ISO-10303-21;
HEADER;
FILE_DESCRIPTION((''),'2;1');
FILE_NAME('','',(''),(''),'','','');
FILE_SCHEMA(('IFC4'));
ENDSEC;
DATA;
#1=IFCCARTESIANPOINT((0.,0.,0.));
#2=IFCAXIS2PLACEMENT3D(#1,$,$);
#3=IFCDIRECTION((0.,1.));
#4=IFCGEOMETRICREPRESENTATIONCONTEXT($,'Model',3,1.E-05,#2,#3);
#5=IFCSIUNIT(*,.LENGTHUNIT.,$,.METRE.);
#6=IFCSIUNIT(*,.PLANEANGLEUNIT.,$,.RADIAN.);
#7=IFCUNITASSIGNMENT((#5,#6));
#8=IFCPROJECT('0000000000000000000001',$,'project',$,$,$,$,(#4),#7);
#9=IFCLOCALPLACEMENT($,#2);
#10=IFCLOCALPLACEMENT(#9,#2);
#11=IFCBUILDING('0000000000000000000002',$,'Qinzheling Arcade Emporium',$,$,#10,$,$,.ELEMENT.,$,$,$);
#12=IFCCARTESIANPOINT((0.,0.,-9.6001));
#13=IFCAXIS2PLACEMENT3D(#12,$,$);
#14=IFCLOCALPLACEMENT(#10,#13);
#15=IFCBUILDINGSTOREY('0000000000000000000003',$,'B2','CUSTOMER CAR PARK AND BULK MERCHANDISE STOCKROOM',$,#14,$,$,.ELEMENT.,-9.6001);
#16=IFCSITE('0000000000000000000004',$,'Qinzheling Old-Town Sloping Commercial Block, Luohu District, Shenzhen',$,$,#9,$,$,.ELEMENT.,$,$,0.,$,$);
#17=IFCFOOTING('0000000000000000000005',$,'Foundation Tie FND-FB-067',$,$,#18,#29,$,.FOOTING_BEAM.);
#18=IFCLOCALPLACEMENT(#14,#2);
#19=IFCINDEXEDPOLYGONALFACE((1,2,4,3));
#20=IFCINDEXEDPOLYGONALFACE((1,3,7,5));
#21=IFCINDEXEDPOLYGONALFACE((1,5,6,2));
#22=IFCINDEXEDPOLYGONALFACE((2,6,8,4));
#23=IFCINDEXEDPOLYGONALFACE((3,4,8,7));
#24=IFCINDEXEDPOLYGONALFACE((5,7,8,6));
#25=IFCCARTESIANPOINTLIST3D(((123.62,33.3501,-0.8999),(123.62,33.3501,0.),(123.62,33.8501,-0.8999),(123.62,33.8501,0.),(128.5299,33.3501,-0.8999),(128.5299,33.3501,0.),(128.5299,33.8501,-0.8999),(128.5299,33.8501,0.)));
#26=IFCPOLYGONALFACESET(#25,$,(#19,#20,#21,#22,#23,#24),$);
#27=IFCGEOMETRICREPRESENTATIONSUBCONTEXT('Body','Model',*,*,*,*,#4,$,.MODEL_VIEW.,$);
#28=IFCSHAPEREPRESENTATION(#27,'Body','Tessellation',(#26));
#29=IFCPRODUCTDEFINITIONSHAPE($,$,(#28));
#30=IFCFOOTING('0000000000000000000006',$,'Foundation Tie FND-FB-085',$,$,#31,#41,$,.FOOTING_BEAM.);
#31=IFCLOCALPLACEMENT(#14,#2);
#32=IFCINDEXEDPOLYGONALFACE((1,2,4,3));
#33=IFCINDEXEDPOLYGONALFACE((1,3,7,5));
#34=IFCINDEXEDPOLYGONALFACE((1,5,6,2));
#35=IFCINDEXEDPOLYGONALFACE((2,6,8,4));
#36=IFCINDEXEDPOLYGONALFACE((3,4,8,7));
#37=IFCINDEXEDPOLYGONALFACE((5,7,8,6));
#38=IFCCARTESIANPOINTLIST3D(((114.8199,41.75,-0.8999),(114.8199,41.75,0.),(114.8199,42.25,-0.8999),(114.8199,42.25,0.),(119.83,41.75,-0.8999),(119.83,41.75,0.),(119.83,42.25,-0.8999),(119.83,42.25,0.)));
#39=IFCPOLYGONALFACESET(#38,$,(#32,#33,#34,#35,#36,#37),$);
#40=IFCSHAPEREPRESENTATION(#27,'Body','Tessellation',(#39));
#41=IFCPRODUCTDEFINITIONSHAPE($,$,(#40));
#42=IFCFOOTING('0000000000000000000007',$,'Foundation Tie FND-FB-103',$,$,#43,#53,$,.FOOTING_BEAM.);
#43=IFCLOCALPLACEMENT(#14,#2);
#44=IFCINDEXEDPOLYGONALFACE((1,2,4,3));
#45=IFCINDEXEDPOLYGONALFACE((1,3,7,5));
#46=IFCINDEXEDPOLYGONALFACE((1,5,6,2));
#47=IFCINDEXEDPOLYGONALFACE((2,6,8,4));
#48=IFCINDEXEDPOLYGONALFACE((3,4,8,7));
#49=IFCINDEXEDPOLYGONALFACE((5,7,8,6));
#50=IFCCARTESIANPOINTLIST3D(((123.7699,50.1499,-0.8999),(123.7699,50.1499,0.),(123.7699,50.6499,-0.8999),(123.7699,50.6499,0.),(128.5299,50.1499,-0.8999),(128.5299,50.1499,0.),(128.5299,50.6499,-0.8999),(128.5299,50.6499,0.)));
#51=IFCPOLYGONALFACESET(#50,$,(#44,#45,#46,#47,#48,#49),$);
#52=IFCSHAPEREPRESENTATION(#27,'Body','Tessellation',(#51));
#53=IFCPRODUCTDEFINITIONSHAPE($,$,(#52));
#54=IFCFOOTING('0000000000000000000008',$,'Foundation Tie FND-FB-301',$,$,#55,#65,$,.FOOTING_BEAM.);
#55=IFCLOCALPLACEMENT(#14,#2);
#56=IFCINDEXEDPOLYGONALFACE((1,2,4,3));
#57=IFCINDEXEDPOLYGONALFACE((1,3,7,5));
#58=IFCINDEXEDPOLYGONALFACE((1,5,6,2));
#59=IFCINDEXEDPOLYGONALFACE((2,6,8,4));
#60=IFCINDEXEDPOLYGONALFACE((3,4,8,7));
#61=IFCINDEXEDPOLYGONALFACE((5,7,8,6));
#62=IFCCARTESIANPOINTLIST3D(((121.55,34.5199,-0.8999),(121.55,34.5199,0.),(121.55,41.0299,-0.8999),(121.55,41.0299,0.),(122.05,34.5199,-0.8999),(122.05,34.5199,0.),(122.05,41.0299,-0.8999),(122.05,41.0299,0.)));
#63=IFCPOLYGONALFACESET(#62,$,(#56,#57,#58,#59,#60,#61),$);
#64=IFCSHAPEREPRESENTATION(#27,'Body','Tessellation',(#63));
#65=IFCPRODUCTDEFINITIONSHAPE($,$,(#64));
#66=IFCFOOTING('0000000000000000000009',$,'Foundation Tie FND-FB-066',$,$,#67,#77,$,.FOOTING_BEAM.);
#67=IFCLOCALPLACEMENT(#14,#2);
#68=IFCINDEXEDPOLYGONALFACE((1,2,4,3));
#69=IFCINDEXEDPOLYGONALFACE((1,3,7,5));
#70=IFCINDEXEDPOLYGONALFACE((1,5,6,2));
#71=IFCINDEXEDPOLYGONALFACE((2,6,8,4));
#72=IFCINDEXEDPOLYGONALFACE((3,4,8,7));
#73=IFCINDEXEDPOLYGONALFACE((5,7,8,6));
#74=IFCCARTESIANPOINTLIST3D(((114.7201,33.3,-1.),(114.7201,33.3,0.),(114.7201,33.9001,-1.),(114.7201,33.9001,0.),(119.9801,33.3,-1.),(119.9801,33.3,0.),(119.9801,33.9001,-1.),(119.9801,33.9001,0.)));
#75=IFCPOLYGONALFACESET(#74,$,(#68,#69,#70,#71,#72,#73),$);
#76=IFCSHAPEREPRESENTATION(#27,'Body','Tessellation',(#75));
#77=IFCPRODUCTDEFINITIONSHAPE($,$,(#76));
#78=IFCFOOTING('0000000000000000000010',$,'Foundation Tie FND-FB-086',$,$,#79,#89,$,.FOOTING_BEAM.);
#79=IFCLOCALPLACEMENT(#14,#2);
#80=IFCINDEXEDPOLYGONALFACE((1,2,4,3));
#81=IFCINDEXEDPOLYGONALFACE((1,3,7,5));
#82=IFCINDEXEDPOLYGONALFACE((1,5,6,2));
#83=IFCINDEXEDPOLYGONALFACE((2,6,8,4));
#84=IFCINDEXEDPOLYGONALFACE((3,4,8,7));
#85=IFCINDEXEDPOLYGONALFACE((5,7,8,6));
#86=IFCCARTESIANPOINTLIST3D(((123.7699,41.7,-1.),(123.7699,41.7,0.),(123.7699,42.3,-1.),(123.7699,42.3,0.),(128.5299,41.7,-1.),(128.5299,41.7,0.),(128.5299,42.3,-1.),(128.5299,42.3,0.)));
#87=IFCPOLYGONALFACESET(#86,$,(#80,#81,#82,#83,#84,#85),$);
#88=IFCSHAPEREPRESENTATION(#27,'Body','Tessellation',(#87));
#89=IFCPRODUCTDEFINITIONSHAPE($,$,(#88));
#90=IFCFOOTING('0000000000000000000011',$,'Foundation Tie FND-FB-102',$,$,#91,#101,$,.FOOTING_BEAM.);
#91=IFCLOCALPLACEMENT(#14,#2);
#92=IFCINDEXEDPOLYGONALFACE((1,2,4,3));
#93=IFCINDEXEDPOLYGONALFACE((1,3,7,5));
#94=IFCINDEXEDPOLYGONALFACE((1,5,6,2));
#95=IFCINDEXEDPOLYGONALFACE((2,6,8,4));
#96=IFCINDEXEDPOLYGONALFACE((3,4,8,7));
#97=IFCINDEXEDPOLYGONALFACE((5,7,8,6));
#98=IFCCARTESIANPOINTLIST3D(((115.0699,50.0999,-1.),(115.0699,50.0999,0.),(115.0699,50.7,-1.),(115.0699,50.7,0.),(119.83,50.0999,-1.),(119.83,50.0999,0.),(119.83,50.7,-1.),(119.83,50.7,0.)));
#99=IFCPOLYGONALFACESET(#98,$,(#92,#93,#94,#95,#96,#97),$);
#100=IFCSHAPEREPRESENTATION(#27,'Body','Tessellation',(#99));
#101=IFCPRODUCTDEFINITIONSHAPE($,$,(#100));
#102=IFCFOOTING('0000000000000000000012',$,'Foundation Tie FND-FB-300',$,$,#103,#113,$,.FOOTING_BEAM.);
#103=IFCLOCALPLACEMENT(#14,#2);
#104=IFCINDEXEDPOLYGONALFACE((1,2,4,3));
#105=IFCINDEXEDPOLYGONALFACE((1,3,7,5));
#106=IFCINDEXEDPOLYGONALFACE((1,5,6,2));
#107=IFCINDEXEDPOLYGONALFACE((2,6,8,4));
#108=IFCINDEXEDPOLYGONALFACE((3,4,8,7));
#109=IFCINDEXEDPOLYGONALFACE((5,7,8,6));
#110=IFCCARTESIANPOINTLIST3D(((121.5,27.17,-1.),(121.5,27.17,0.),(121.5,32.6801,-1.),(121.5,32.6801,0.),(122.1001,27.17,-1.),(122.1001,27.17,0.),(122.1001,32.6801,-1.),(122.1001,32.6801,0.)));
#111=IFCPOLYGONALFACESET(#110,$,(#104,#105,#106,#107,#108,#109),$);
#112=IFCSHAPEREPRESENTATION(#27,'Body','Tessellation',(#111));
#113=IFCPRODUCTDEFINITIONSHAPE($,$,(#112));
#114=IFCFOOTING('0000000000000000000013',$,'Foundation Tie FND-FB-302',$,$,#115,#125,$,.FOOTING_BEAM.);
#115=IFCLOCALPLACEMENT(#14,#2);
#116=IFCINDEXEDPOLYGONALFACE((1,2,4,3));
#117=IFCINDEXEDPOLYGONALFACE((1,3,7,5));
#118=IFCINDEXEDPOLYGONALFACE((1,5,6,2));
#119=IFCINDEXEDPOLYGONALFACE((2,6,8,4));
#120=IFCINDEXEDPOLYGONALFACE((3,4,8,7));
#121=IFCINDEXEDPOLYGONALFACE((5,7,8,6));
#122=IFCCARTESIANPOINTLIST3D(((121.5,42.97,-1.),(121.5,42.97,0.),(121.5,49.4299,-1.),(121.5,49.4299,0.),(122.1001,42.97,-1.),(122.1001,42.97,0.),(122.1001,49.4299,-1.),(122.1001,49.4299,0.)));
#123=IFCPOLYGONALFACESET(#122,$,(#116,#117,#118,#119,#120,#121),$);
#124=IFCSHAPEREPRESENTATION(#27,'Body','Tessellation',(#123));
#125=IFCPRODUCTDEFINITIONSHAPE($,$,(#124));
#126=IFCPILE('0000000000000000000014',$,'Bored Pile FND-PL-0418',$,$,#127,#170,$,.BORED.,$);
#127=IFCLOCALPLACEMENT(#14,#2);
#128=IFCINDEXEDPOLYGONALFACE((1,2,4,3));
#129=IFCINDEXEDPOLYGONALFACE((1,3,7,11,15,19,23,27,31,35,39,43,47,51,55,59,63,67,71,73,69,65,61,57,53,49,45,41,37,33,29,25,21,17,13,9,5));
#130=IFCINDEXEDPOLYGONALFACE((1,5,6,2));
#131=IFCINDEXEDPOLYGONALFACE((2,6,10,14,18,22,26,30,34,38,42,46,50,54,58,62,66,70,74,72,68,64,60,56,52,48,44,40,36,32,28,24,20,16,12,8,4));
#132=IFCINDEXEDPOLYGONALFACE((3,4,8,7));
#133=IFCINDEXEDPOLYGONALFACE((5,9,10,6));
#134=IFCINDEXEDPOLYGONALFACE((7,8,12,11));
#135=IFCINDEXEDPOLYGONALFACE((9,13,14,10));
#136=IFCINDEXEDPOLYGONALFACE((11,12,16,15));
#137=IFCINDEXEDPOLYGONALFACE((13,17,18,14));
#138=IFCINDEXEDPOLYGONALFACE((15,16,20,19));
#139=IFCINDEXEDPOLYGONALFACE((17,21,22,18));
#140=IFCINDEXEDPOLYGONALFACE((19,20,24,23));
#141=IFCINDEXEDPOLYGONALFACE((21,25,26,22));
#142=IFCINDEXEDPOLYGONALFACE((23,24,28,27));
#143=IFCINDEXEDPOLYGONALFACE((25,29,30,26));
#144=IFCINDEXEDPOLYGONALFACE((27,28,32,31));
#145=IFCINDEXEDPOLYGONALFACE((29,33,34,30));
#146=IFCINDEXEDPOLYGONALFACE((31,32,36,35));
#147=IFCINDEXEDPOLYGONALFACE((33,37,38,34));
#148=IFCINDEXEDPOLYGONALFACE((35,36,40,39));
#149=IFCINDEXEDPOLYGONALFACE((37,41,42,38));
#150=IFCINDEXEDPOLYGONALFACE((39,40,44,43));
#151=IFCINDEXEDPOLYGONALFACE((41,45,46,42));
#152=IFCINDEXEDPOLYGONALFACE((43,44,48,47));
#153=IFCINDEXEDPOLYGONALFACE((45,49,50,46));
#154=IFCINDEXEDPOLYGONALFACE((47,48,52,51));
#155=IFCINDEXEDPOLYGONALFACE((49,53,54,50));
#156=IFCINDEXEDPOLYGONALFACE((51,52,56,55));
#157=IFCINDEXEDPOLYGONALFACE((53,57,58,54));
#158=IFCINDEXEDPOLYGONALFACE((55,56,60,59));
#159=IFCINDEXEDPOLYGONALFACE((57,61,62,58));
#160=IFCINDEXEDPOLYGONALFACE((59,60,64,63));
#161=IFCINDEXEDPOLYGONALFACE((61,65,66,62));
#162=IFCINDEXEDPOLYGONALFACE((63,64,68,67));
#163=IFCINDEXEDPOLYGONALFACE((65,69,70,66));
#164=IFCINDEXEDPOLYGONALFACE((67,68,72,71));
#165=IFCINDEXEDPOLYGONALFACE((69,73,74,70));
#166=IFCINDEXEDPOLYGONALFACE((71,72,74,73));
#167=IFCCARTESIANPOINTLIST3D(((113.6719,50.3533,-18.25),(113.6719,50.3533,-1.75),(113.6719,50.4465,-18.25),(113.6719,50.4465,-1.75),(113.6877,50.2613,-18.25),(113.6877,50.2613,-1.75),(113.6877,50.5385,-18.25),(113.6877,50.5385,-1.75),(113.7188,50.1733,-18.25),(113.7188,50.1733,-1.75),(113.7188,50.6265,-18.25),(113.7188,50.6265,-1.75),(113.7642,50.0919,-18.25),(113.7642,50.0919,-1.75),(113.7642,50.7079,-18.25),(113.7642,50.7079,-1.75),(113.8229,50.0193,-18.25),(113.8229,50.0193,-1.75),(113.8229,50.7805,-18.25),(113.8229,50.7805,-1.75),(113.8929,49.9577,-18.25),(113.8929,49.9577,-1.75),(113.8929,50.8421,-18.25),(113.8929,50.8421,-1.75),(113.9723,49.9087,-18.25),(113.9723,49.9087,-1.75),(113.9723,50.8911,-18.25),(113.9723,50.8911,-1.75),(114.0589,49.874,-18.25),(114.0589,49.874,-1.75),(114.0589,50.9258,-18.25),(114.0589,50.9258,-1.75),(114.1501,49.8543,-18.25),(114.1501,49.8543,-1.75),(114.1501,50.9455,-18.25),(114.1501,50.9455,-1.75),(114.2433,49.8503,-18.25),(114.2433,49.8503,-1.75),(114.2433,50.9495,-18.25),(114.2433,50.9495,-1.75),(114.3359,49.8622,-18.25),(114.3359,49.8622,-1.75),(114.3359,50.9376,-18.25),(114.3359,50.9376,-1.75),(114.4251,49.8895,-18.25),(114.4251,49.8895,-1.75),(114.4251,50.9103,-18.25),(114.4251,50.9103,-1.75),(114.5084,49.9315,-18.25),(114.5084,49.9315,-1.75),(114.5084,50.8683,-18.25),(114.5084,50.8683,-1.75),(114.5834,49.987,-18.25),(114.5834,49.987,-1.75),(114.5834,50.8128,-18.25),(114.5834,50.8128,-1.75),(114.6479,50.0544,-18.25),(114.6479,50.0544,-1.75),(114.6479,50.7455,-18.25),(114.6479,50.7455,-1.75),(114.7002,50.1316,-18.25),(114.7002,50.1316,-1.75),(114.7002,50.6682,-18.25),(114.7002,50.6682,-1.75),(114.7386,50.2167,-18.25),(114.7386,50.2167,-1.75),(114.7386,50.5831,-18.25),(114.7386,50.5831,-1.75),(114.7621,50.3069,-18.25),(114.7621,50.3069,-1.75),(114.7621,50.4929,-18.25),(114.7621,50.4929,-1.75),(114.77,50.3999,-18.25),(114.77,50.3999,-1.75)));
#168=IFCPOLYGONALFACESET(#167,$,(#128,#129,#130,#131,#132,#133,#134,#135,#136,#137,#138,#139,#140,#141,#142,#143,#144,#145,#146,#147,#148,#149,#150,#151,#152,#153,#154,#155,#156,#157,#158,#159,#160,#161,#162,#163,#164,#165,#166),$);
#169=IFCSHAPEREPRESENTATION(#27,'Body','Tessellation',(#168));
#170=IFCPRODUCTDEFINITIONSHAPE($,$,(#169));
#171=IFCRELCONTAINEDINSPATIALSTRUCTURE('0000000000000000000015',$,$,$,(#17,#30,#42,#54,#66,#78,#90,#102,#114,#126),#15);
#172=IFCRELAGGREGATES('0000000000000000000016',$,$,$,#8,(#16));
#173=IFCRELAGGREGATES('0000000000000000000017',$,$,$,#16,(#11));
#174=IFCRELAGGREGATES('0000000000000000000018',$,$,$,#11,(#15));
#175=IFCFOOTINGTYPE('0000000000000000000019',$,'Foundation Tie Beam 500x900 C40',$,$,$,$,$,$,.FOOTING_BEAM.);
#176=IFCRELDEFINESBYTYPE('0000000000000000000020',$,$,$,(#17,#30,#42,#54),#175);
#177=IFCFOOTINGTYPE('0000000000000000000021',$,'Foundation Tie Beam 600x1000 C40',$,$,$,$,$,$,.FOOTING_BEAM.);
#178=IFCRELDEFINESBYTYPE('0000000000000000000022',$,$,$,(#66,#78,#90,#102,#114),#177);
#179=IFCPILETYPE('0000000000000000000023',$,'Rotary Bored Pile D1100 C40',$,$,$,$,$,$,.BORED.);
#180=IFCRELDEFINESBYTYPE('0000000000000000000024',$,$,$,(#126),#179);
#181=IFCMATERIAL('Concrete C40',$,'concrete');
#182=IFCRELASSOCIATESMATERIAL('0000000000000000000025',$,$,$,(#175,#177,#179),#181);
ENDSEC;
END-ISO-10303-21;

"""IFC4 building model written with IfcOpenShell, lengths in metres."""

from ifc_helpers import new_model, si_unit, direction, frame, origin, origin_2d, place, context, subcontext, project, spatial, rectangle, circle, extrude, material, material_profile, profile_set, type_object, element, save


model = new_model("IFC4")

# Units and contexts
model_context = context("Model", 3, precision=1e-05, world=origin(), true_north=direction((0.0, 1.0)))
body_context = subcontext(model_context, "Body", "Model", "MODEL_VIEW")
ifc_project = project(units=[si_unit("LENGTHUNIT", "METRE"), si_unit("PLANEANGLEUNIT", "RADIAN")], contexts=[model_context])

# Site, building, storey
site_placement = place(None, origin())
site = spatial("IfcSite", under=ifc_project, at=site_placement, Name="Qinzheling Old-Town Sloping Commercial Block, Luohu District, Shenzhen", CompositionType="ELEMENT", RefElevation=0.0)
building_placement = place(site_placement, origin())
building = spatial("IfcBuilding", under=site, at=building_placement, Name="Qinzheling Arcade Emporium", CompositionType="ELEMENT")
storey_placement = place(building_placement, frame((0.0, 0.0, -9.6001)))
storey = spatial("IfcBuildingStorey", under=building, at=storey_placement, Name="B2", Description="CUSTOMER CAR PARK AND BULK MERCHANDISE STOCKROOM", CompositionType="ELEMENT", Elevation=-9.6001)

# Footings
ifc_material_1 = material(Name="Concrete C40", Category="concrete")
footing_type_1 = type_object("IfcFootingType", Name="Foundation Tie Beam 500x900 C40", PredefinedType="FOOTING_BEAM", material=ifc_material_1)
footing_1_placement = place(storey_placement, frame((126.075, 33.6001, -0.8999), z_axis=(0.0, 0.0, 1.0), x_axis=(1.0, 0.0, 0.0)))
element("IfcFooting", 1, at=footing_1_placement, inside=storey, type_object=footing_type_1, Name="Foundation Tie FND-FB-067", PredefinedType="FOOTING_BEAM", context=body_context, shape_type="SweptSolid", body=[
    extrude(rectangle(XDim=4.9099, YDim=0.5, at=origin_2d()), origin(), (0.0, 0.0, 1.0), 0.8999),
])
footing_2_placement = place(storey_placement, frame((117.325, 42.0, -0.8999), z_axis=(0.0, 0.0, 1.0), x_axis=(1.0, 0.0, 0.0)))
element("IfcFooting", 2, at=footing_2_placement, inside=storey, type_object=footing_type_1, Name="Foundation Tie FND-FB-085", PredefinedType="FOOTING_BEAM", context=body_context, shape_type="SweptSolid", body=[
    extrude(rectangle(XDim=5.01, YDim=0.5, at=origin_2d()), origin(), (0.0, 0.0, 1.0), 0.8999),
])
footing_3_placement = place(storey_placement, frame((126.1499, 50.3999, -0.8999), z_axis=(0.0, 0.0, 1.0), x_axis=(1.0, 0.0, 0.0)))
element("IfcFooting", 3, at=footing_3_placement, inside=storey, type_object=footing_type_1, Name="Foundation Tie FND-FB-103", PredefinedType="FOOTING_BEAM", context=body_context, shape_type="SweptSolid", body=[
    extrude(rectangle(XDim=4.76, YDim=0.5, at=origin_2d()), origin(), (0.0, 0.0, 1.0), 0.8999),
])
footing_4_placement = place(storey_placement, frame((121.8, 37.7749, -0.8999), z_axis=(0.0, 0.0, 1.0), x_axis=(1.0, 0.0, 0.0)))
element("IfcFooting", 4, at=footing_4_placement, inside=storey, type_object=footing_type_1, Name="Foundation Tie FND-FB-301", PredefinedType="FOOTING_BEAM", context=body_context, shape_type="SweptSolid", body=[
    extrude(rectangle(XDim=0.5, YDim=6.51, at=origin_2d()), origin(), (0.0, 0.0, 1.0), 0.8999),
])
footing_type_2 = type_object("IfcFootingType", Name="Foundation Tie Beam 600x1000 C40", PredefinedType="FOOTING_BEAM", material=ifc_material_1)
footing_5_placement = place(storey_placement, frame((117.3501, 33.6001, -1.0), z_axis=(0.0, 0.0, 1.0), x_axis=(1.0, 0.0, 0.0)))
element("IfcFooting", 5, at=footing_5_placement, inside=storey, type_object=footing_type_2, Name="Foundation Tie FND-FB-066", PredefinedType="FOOTING_BEAM", context=body_context, shape_type="SweptSolid", body=[
    extrude(rectangle(XDim=5.26, YDim=0.6001, at=origin_2d()), origin(), (0.0, 0.0, 1.0), 1.0),
])
for number, where, z_axis, x_axis, name in (
    (6, (126.1499, 42.0, -1.0), (0.0, 0.0, 1.0), (1.0, 0.0, 0.0), "Foundation Tie FND-FB-086"),
    (7, (117.45, 50.3999, -1.0), (0.0, 0.0, 1.0), (1.0, 0.0, 0.0), "Foundation Tie FND-FB-102"),
):
    element("IfcFooting", number, at=place(storey_placement, frame(where, z_axis=z_axis, x_axis=x_axis)), inside=storey, type_object=footing_type_2, Name=name, PredefinedType="FOOTING_BEAM", context=body_context, shape_type="SweptSolid", body=[
        extrude(rectangle(XDim=4.76, YDim=0.6001, at=origin_2d()), origin(), (0.0, 0.0, 1.0), 1.0),
    ])
footing_6_placement = place(storey_placement, frame((121.8, 29.925, -1.0), z_axis=(0.0, 0.0, 1.0), x_axis=(1.0, 0.0, 0.0)))
element("IfcFooting", 8, at=footing_6_placement, inside=storey, type_object=footing_type_2, Name="Foundation Tie FND-FB-300", PredefinedType="FOOTING_BEAM", context=body_context, shape_type="SweptSolid", body=[
    extrude(rectangle(XDim=0.6001, YDim=5.51, at=origin_2d()), origin(), (0.0, 0.0, 1.0), 1.0),
])
footing_7_placement = place(storey_placement, frame((121.8, 46.2, -1.0), z_axis=(0.0, 0.0, 1.0), x_axis=(1.0, 0.0, 0.0)))
element("IfcFooting", 9, at=footing_7_placement, inside=storey, type_object=footing_type_2, Name="Foundation Tie FND-FB-302", PredefinedType="FOOTING_BEAM", context=body_context, shape_type="SweptSolid", body=[
    extrude(rectangle(XDim=0.6001, YDim=6.46, at=origin_2d()), origin(), (0.0, 0.0, 1.0), 1.0),
])

# Pile
ifc_material_profile_1 = material_profile(ifc_material_1, circle(Radius=0.55, at=origin_2d()), Name="BORED D1100", Category="concrete")
ifc_profile_set_1 = profile_set([ifc_material_profile_1], Name="Concrete C40")
pile_type_1 = type_object("IfcPileType", Name="Rotary Bored Pile D1100 C40", PredefinedType="BORED", material=ifc_profile_set_1)
for number, where, z_axis, x_axis, name in (
    (10, (114.22, 50.3999, -1.75), (0.0, 0.0, -1.0), (1.0, 0.0, 0.0), "Bored Pile FND-PL-0418"),
):
    element("IfcPile", number, at=place(storey_placement, frame(where, z_axis=z_axis, x_axis=x_axis)), inside=storey, type_object=pile_type_1, Name=name, PredefinedType="BORED", context=body_context, shape_type="SweptSolid", body=[
        extrude(circle(Radius=0.55, at=origin_2d()), origin(), (0.0, 0.0, 1.0), 16.5),
    ])

save(model, "model.ifc")
